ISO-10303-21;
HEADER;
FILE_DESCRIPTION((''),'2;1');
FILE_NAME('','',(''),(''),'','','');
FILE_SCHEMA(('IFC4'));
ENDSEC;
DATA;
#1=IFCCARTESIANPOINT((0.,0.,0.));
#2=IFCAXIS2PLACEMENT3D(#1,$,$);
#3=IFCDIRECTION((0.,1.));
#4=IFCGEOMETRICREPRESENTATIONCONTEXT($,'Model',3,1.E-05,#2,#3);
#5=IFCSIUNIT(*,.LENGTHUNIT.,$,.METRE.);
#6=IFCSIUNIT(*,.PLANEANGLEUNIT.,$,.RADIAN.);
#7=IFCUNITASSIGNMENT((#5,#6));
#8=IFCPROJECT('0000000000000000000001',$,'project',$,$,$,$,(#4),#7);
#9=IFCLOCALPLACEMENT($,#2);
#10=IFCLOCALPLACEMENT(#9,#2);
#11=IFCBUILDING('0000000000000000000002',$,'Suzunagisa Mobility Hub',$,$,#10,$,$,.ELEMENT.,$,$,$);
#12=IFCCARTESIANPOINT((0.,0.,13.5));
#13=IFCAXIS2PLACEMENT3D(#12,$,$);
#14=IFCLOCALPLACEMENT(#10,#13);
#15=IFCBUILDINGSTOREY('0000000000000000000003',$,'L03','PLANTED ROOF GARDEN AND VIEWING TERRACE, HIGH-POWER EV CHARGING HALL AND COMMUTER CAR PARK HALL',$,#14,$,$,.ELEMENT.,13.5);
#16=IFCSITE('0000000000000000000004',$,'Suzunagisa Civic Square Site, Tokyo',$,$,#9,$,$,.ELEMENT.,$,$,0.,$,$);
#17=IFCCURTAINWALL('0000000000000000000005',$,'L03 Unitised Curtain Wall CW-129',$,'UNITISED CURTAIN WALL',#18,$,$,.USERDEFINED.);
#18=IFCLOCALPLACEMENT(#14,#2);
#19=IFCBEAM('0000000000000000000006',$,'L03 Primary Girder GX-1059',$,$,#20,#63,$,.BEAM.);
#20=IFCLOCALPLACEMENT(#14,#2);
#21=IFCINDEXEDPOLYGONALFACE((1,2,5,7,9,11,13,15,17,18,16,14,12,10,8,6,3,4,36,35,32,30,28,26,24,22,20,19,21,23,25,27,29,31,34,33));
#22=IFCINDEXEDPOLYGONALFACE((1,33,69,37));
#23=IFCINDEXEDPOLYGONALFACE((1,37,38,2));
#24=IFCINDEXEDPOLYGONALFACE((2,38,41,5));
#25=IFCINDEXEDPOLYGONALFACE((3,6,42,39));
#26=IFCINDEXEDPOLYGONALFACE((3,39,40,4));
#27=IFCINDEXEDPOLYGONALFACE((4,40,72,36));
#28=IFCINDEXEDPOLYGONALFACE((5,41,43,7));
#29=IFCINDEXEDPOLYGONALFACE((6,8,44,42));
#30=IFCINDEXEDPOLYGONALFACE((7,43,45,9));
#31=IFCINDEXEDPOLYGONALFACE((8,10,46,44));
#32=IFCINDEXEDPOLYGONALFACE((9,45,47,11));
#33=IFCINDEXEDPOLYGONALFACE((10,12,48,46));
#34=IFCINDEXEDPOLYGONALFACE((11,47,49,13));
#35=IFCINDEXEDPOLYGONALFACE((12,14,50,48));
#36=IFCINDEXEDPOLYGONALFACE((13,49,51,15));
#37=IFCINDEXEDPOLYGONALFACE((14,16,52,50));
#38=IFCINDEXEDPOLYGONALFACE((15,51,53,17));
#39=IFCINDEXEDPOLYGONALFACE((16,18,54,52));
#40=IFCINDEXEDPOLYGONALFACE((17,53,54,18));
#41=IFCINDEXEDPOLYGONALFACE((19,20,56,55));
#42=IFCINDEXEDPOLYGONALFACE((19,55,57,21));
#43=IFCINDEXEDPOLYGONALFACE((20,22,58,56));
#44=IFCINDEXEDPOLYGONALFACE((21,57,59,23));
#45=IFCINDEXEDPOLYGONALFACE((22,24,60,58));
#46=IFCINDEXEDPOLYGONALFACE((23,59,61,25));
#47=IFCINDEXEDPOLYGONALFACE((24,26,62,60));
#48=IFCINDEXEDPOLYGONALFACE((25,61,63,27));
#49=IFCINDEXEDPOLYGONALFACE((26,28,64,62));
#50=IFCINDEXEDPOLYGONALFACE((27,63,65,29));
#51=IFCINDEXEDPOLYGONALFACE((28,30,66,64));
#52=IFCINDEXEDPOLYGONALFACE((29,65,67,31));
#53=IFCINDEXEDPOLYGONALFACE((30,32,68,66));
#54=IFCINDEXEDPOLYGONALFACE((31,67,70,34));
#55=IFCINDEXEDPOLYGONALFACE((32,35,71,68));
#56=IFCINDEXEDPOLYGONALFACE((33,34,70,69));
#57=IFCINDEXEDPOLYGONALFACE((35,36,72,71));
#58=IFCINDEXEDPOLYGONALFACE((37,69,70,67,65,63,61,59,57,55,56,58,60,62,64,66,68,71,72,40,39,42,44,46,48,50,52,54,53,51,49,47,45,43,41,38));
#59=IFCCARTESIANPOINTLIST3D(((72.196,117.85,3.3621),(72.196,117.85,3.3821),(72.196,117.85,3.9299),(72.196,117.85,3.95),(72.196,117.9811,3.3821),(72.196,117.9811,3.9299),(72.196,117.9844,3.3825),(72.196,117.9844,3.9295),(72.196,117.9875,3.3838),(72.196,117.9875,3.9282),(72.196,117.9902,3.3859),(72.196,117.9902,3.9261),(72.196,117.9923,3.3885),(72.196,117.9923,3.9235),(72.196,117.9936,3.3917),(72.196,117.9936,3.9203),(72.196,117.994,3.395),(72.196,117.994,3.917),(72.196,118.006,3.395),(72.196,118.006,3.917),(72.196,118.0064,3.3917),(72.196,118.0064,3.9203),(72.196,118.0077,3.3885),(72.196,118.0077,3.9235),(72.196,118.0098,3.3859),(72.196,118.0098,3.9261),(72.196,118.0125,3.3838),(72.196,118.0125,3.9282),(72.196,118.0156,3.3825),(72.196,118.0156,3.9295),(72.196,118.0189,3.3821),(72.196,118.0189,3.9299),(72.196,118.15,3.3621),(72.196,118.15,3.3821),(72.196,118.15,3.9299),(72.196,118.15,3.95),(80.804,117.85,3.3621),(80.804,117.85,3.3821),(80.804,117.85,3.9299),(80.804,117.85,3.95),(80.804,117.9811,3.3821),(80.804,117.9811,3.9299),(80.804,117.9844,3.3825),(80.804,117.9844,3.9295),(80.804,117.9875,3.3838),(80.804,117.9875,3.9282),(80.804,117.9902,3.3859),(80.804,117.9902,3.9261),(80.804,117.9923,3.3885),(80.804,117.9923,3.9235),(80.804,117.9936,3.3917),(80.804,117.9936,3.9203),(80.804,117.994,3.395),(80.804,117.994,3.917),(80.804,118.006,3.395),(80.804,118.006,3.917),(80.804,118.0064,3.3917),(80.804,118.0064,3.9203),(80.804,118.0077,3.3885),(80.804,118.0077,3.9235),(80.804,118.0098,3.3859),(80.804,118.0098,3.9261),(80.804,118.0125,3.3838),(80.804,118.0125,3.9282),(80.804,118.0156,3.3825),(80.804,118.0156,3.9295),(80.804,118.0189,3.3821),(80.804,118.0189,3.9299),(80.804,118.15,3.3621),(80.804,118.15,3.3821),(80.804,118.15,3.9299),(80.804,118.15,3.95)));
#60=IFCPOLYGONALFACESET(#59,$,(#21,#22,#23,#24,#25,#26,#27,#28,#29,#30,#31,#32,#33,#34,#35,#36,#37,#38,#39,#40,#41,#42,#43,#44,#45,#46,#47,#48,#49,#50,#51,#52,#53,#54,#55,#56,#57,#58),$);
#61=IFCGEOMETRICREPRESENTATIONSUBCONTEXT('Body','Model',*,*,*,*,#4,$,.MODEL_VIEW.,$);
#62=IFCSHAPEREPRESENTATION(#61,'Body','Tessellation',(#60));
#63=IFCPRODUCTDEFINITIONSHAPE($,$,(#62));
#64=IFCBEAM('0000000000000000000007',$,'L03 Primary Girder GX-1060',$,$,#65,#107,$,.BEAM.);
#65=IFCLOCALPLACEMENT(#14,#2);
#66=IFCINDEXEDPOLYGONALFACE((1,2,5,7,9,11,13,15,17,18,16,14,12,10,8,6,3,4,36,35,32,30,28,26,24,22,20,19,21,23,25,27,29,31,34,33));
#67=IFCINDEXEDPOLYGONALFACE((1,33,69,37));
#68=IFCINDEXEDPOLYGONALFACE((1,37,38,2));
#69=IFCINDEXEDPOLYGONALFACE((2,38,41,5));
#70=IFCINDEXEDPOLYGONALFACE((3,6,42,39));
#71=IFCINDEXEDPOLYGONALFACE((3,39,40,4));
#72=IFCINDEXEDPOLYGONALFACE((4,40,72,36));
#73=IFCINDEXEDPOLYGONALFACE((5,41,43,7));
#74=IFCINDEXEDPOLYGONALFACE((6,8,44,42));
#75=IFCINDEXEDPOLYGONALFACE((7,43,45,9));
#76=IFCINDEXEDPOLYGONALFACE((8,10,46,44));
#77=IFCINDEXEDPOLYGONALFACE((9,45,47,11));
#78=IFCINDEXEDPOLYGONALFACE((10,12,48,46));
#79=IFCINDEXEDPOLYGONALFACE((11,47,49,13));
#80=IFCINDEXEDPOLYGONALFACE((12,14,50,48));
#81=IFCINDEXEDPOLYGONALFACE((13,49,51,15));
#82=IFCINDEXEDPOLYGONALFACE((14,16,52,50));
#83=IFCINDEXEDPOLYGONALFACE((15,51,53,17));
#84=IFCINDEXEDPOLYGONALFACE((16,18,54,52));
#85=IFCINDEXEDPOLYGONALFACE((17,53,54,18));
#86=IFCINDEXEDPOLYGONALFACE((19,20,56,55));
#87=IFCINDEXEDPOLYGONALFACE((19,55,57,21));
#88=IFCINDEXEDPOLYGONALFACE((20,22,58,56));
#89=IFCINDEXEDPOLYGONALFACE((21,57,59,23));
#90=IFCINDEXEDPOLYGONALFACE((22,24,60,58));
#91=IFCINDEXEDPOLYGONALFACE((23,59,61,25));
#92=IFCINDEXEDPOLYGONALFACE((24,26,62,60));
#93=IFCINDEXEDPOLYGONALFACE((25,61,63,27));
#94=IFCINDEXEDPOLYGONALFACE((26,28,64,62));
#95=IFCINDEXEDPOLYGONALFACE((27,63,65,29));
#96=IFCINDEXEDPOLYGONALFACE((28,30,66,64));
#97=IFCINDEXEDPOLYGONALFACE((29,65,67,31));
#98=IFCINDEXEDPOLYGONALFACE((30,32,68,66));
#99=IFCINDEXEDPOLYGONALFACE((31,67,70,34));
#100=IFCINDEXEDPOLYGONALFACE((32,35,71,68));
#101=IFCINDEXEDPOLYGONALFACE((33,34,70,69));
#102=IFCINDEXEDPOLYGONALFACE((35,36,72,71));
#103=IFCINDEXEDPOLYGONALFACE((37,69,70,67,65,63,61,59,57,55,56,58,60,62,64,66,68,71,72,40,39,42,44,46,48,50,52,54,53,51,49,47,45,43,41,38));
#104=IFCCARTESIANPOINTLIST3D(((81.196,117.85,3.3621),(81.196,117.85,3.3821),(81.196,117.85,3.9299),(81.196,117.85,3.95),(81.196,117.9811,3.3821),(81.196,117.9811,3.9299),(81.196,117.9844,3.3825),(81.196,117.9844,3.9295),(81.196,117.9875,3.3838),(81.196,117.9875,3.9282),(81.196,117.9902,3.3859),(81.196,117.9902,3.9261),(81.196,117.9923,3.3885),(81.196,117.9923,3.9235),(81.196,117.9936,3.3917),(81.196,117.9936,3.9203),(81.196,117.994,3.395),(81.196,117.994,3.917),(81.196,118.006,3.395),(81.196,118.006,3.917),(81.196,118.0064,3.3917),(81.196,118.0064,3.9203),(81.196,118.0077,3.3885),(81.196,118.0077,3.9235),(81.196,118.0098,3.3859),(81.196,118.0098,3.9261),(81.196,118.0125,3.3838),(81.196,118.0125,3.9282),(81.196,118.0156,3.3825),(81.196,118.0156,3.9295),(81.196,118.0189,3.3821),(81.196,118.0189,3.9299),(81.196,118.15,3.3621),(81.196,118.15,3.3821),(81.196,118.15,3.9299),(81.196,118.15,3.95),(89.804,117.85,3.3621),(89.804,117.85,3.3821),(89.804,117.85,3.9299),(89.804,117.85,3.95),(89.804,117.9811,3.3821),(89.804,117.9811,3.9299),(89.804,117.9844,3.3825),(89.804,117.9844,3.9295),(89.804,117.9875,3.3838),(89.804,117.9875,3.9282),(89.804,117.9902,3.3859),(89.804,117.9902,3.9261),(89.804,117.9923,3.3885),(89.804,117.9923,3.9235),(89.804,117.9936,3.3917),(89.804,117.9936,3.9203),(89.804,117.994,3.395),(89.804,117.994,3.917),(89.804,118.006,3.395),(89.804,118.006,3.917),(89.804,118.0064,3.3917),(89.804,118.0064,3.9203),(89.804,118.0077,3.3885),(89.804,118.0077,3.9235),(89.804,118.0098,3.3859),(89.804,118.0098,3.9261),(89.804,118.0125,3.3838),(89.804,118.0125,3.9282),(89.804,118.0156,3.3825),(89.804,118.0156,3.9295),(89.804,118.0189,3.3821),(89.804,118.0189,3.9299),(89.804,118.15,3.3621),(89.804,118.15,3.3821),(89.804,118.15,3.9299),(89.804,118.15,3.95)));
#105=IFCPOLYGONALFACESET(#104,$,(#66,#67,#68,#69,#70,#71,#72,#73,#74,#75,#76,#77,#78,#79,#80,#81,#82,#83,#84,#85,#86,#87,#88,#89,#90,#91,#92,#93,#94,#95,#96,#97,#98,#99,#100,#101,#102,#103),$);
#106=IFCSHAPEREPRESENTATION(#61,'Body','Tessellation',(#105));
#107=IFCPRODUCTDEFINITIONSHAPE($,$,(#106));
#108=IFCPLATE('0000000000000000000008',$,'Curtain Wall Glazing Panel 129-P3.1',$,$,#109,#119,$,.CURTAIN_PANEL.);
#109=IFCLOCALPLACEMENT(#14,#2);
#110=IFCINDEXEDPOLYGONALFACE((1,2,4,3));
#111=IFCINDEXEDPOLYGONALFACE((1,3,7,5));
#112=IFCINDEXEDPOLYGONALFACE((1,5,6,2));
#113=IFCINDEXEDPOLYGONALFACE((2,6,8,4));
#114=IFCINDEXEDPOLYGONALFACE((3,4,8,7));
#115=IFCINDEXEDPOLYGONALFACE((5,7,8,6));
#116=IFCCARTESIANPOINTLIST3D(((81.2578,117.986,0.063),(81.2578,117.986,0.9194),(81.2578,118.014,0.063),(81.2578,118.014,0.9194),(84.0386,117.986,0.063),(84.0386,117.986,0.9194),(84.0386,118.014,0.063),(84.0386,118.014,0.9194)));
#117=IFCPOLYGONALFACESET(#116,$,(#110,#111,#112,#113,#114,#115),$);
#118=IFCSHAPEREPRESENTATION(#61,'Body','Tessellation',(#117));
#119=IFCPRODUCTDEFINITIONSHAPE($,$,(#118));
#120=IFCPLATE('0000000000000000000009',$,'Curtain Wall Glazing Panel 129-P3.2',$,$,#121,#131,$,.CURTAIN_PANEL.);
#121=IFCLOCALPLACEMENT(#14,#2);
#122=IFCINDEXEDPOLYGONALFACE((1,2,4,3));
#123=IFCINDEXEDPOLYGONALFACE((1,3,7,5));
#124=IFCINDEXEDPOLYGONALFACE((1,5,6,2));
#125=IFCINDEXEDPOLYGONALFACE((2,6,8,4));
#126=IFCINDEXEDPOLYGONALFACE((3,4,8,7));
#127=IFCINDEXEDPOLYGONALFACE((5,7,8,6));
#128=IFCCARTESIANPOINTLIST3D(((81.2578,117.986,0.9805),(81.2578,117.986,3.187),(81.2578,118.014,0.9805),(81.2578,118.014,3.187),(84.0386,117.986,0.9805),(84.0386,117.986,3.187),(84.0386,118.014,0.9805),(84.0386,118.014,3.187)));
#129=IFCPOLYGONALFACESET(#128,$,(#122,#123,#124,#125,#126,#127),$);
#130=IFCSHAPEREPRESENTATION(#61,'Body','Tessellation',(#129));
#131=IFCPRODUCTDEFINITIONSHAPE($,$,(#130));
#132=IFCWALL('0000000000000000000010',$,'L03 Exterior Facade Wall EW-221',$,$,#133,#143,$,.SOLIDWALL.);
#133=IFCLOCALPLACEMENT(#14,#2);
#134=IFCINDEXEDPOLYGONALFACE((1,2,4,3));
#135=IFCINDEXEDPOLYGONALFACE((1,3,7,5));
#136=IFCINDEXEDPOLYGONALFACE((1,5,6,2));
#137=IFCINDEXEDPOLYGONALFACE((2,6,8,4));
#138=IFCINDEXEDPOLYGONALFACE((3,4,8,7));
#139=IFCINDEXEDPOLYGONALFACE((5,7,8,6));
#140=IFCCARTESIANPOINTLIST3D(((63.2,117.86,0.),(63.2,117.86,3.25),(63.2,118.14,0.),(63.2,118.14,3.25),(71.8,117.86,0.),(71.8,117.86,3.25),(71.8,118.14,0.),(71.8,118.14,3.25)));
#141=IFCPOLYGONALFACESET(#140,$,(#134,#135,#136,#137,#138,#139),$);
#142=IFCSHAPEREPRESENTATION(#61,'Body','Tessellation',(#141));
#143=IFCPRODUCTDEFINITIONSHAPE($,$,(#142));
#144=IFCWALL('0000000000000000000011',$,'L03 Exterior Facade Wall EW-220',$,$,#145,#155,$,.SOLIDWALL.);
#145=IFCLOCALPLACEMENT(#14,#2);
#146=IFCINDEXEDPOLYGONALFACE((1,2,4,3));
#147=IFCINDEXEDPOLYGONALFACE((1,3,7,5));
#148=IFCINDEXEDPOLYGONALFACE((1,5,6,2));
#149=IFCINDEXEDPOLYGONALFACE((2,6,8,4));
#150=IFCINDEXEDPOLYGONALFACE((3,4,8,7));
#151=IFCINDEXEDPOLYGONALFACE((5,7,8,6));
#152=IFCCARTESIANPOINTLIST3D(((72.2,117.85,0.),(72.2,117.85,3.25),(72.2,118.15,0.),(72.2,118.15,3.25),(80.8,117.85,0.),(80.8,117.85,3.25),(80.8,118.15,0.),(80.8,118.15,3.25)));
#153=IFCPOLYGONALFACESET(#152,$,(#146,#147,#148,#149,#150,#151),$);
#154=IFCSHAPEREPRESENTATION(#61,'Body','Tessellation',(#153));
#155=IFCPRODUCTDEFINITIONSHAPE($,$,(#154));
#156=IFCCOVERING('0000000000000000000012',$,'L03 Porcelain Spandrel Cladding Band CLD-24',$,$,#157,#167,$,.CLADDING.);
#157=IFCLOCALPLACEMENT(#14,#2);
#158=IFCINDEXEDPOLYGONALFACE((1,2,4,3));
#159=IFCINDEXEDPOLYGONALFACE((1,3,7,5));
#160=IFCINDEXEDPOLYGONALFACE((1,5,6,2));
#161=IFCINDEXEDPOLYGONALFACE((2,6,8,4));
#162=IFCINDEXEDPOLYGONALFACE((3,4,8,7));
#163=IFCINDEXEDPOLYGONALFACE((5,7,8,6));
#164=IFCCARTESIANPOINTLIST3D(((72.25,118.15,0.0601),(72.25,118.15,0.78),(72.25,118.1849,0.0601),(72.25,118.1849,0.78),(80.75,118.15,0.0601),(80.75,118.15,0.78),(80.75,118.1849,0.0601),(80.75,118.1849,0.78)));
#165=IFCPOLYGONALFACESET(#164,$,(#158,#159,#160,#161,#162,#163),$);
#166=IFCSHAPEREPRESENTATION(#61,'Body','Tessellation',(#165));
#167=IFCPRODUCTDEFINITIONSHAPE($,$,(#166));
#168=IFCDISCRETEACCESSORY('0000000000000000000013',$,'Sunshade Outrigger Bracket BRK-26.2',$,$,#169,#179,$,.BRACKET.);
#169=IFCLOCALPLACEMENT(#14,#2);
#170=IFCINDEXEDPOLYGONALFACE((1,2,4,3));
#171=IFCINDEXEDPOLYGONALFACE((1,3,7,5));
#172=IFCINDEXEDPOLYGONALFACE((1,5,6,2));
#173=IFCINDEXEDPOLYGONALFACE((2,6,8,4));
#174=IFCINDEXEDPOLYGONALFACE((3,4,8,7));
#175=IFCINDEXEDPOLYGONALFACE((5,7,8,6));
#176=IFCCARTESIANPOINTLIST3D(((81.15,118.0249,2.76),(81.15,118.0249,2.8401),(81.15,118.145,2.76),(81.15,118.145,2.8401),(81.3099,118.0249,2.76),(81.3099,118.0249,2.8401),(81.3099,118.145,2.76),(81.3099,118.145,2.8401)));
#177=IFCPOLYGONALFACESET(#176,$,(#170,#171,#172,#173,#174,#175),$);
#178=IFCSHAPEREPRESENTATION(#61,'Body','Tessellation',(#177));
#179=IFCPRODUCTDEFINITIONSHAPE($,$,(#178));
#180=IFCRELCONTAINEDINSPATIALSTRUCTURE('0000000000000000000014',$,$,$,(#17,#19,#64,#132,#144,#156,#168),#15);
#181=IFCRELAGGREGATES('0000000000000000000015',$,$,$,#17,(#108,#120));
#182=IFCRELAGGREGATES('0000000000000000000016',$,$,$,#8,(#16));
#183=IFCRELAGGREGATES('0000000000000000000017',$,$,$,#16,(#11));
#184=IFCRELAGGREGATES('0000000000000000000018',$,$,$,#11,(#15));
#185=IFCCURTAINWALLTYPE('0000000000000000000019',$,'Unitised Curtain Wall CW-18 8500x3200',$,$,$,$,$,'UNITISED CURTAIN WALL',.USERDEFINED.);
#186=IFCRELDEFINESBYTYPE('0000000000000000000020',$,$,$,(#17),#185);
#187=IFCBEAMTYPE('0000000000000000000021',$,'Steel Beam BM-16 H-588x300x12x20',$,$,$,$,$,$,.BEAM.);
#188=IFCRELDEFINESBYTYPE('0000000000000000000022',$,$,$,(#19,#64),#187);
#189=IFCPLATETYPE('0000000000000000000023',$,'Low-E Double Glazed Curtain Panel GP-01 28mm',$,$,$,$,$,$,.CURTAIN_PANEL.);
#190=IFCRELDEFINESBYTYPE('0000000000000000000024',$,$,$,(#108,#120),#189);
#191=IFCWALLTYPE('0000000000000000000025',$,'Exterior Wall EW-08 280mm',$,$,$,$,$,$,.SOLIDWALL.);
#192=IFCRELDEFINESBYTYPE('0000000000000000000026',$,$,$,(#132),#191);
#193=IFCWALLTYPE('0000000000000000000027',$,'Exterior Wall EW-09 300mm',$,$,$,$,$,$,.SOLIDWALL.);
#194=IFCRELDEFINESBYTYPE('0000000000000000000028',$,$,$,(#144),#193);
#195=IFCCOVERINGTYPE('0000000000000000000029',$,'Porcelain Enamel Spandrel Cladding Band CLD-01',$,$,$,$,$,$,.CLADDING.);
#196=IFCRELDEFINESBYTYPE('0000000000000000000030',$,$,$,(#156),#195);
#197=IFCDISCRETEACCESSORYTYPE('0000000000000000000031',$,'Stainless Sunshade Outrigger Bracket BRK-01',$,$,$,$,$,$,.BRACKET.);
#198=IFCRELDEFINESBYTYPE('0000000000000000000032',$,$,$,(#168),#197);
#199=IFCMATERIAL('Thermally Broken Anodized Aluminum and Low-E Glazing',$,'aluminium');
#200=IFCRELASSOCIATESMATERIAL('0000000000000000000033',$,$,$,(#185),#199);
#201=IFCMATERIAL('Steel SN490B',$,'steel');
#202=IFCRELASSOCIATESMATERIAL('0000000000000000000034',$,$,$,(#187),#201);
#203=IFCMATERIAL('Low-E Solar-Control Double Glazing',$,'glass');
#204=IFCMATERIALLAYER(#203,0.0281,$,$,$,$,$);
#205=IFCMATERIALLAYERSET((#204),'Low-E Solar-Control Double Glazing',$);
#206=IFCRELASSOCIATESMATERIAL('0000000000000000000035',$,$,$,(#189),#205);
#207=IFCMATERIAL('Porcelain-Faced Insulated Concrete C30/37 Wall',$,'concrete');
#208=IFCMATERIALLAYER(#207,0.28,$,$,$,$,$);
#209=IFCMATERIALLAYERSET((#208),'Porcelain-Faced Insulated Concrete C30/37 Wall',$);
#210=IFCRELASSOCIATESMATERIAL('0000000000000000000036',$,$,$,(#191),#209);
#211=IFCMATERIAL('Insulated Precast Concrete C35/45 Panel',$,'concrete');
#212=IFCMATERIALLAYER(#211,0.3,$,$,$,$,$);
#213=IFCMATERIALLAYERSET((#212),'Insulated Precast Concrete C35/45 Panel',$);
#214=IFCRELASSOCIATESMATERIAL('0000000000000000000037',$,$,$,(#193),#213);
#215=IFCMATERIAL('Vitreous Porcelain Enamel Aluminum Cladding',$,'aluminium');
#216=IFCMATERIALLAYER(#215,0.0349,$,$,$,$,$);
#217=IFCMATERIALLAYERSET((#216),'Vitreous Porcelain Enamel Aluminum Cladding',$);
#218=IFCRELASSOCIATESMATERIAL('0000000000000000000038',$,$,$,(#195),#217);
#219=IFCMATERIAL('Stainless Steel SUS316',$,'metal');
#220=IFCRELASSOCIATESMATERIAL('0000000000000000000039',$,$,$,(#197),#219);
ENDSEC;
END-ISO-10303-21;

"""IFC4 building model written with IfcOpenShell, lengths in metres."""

from ifc_helpers import new_model, si_unit, direction, frame, frame_2d, origin, origin_2d, place, context, subcontext, project, spatial, rectangle, i_section, extrude, material, layer, layer_set, material_profile, profile_set, type_object, element, aggregate, save


model = new_model("IFC4")

# Units and contexts
model_context = context("Model", 3, precision=1e-05, world=origin(), true_north=direction((0.0, 1.0)))
body_context = subcontext(model_context, "Body", "Model", "MODEL_VIEW")
ifc_project = project(units=[si_unit("LENGTHUNIT", "METRE"), si_unit("PLANEANGLEUNIT", "RADIAN")], contexts=[model_context])

# Site, building, storey
site_placement = place(None, origin())
site = spatial("IfcSite", under=ifc_project, at=site_placement, Name="Suzunagisa Civic Square Site, Tokyo", CompositionType="ELEMENT", RefElevation=0.0)
building_placement = place(site_placement, origin())
building = spatial("IfcBuilding", under=site, at=building_placement, Name="Suzunagisa Mobility Hub", CompositionType="ELEMENT")
storey_placement = place(building_placement, frame((0.0, 0.0, 13.5)))
storey = spatial("IfcBuildingStorey", under=building, at=storey_placement, Name="L03", Description="PLANTED ROOF GARDEN AND VIEWING TERRACE, HIGH-POWER EV CHARGING HALL AND COMMUTER CAR PARK HALL", CompositionType="ELEMENT", Elevation=13.5)

# Shared definitions
ifc_material_1 = material(Name="Steel SN490B", Category="steel")

# Curtain wall
ifc_material_2 = material(Name="Thermally Broken Anodized Aluminum and Low-E Glazing", Category="aluminium")
curtain_wall_type_1 = type_object("IfcCurtainWallType", Name="Unitised Curtain Wall CW-18 8500x3200", ElementType="UNITISED CURTAIN WALL", PredefinedType="USERDEFINED", material=ifc_material_2)
curtain_wall_1_placement = place(storey_placement, origin())
curtain_wall_1 = element("IfcCurtainWall", 1, at=curtain_wall_1_placement, inside=storey, type_object=curtain_wall_type_1, Name="L03 Unitised Curtain Wall CW-129", ObjectType="UNITISED CURTAIN WALL", PredefinedType="USERDEFINED")

# Beams
ifc_material_profile_1 = material_profile(ifc_material_1, i_section(OverallWidth=0.3, OverallDepth=0.5879, WebThickness=0.012, FlangeThickness=0.02, FilletRadius=0.0129, at=origin_2d()), Name="H-588x300x12x20")
ifc_profile_set_1 = profile_set([ifc_material_profile_1], Name="Steel SN490B")
beam_type_1 = type_object("IfcBeamType", Name="Steel Beam BM-16 H-588x300x12x20", PredefinedType="BEAM", material=ifc_profile_set_1)
for number, where, z_axis, x_axis, name in (
    (2, (72.196, 118.0, 3.656), (1.0, 0.0, 0.0), (0.0, 1.0, 0.0), "L03 Primary Girder GX-1059"),
    (3, (81.196, 118.0, 3.656), (1.0, 0.0, 0.0), (0.0, 1.0, 0.0), "L03 Primary Girder GX-1060"),
):
    element("IfcBeam", number, at=place(storey_placement, frame(where, z_axis=z_axis, x_axis=x_axis)), inside=storey, type_object=beam_type_1, Name=name, PredefinedType="BEAM", context=body_context, shape_type="SweptSolid", body=[
        extrude(i_section(OverallWidth=0.3, OverallDepth=0.5879, WebThickness=0.012, FlangeThickness=0.02, FilletRadius=0.0129, at=origin_2d()), origin(), (0.0, 0.0, 1.0), 8.6079),
    ])

# Plates
ifc_material_3 = material(Name="Low-E Solar-Control Double Glazing", Category="glass")
ifc_layer_1 = layer(ifc_material_3, 0.0281)
ifc_layer_set_1 = layer_set([ifc_layer_1], Name="Low-E Solar-Control Double Glazing")
plate_type = type_object("IfcPlateType", Name="Low-E Double Glazed Curtain Panel GP-01 28mm", PredefinedType="CURTAIN_PANEL", material=ifc_layer_set_1)
plate_1_placement = place(storey_placement, frame((82.6482, 118.0, 0.063), z_axis=(0.0, 0.0, 1.0), x_axis=(-1.0, 0.0, 0.0)))
plate_1 = element("IfcPlate", 4, at=plate_1_placement, type_object=plate_type, Name="Curtain Wall Glazing Panel 129-P3.1", PredefinedType="CURTAIN_PANEL", context=body_context, shape_type="SweptSolid", body=[
    extrude(rectangle(XDim=2.7808, YDim=0.0281, at=origin_2d()), origin(), (0.0, 0.0, 1.0), 0.8564),
])
plate_2_placement = place(storey_placement, frame((82.6482, 118.0, 0.9805), z_axis=(0.0, 0.0, 1.0), x_axis=(-1.0, 0.0, 0.0)))
plate_2 = element("IfcPlate", 5, at=plate_2_placement, type_object=plate_type, Name="Curtain Wall Glazing Panel 129-P3.2", PredefinedType="CURTAIN_PANEL", context=body_context, shape_type="SweptSolid", body=[
    extrude(rectangle(XDim=2.7808, YDim=0.0281, at=origin_2d()), origin(), (0.0, 0.0, 1.0), 2.2065),
])
aggregate(curtain_wall_1, [plate_1, plate_2])

# Walls
ifc_material_4 = material(Name="Porcelain-Faced Insulated Concrete C30/37 Wall", Category="concrete")
ifc_layer_2 = layer(ifc_material_4, 0.28)
ifc_layer_set_2 = layer_set([ifc_layer_2], Name="Porcelain-Faced Insulated Concrete C30/37 Wall")
wall_type_1 = type_object("IfcWallType", Name="Exterior Wall EW-08 280mm", PredefinedType="SOLIDWALL", material=ifc_layer_set_2)
wall_1_placement = place(storey_placement, frame((71.8, 118.0, 0.0), z_axis=(0.0, 0.0, 1.0), x_axis=(-1.0, 0.0, 0.0)))
element("IfcWall", 6, at=wall_1_placement, inside=storey, type_object=wall_type_1, Name="L03 Exterior Facade Wall EW-221", PredefinedType="SOLIDWALL", context=body_context, shape_type="SweptSolid", body=[
    extrude(rectangle(XDim=8.6001, YDim=0.28, at=frame_2d((4.3, 0.0))), origin(), (0.0, 0.0, 1.0), 3.25),
])
ifc_material_5 = material(Name="Insulated Precast Concrete C35/45 Panel", Category="concrete")
ifc_layer_3 = layer(ifc_material_5, 0.3)
ifc_layer_set_3 = layer_set([ifc_layer_3], Name="Insulated Precast Concrete C35/45 Panel")
wall_type_2 = type_object("IfcWallType", Name="Exterior Wall EW-09 300mm", PredefinedType="SOLIDWALL", material=ifc_layer_set_3)
wall_2_placement = place(storey_placement, frame((80.8, 118.0, 0.0), z_axis=(0.0, 0.0, 1.0), x_axis=(-1.0, 0.0, 0.0)))
element("IfcWall", 7, at=wall_2_placement, inside=storey, type_object=wall_type_2, Name="L03 Exterior Facade Wall EW-220", PredefinedType="SOLIDWALL", context=body_context, shape_type="SweptSolid", body=[
    extrude(rectangle(XDim=8.6001, YDim=0.3, at=frame_2d((4.3, 0.0))), origin(), (0.0, 0.0, 1.0), 3.25),
])

# Covering
ifc_material_6 = material(Name="Vitreous Porcelain Enamel Aluminum Cladding", Category="aluminium")
ifc_layer_4 = layer(ifc_material_6, 0.0349)
ifc_layer_set_4 = layer_set([ifc_layer_4], Name="Vitreous Porcelain Enamel Aluminum Cladding")
covering_type = type_object("IfcCoveringType", Name="Porcelain Enamel Spandrel Cladding Band CLD-01", PredefinedType="CLADDING", material=ifc_layer_set_4)
covering_placement = place(storey_placement, frame((76.5, 118.1675, 0.0601), z_axis=(0.0, 0.0, 1.0), x_axis=(-1.0, 0.0, 0.0)))
element("IfcCovering", 8, at=covering_placement, inside=storey, type_object=covering_type, Name="L03 Porcelain Spandrel Cladding Band CLD-24", PredefinedType="CLADDING", context=body_context, shape_type="SweptSolid", body=[
    extrude(rectangle(XDim=8.5, YDim=0.0349, at=origin_2d()), origin(), (0.0, 0.0, 1.0), 0.72),
])

# Discrete accessory
ifc_material_7 = material(Name="Stainless Steel SUS316", Category="metal")
discrete_accessory_type = type_object("IfcDiscreteAccessoryType", Name="Stainless Sunshade Outrigger Bracket BRK-01", PredefinedType="BRACKET", material=ifc_material_7)
discrete_accessory_placement = place(storey_placement, frame((81.23, 118.085, 2.76), z_axis=(0.0, 0.0, 1.0), x_axis=(-1.0, 0.0, 0.0)))
element("IfcDiscreteAccessory", 9, at=discrete_accessory_placement, inside=storey, type_object=discrete_accessory_type, Name="Sunshade Outrigger Bracket BRK-26.2", PredefinedType="BRACKET", context=body_context, shape_type="SweptSolid", body=[
    extrude(rectangle(XDim=0.1599, YDim=0.1201, at=origin_2d()), origin(), (0.0, 0.0, 1.0), 0.0801),
])

save(model, "model.ifc")
